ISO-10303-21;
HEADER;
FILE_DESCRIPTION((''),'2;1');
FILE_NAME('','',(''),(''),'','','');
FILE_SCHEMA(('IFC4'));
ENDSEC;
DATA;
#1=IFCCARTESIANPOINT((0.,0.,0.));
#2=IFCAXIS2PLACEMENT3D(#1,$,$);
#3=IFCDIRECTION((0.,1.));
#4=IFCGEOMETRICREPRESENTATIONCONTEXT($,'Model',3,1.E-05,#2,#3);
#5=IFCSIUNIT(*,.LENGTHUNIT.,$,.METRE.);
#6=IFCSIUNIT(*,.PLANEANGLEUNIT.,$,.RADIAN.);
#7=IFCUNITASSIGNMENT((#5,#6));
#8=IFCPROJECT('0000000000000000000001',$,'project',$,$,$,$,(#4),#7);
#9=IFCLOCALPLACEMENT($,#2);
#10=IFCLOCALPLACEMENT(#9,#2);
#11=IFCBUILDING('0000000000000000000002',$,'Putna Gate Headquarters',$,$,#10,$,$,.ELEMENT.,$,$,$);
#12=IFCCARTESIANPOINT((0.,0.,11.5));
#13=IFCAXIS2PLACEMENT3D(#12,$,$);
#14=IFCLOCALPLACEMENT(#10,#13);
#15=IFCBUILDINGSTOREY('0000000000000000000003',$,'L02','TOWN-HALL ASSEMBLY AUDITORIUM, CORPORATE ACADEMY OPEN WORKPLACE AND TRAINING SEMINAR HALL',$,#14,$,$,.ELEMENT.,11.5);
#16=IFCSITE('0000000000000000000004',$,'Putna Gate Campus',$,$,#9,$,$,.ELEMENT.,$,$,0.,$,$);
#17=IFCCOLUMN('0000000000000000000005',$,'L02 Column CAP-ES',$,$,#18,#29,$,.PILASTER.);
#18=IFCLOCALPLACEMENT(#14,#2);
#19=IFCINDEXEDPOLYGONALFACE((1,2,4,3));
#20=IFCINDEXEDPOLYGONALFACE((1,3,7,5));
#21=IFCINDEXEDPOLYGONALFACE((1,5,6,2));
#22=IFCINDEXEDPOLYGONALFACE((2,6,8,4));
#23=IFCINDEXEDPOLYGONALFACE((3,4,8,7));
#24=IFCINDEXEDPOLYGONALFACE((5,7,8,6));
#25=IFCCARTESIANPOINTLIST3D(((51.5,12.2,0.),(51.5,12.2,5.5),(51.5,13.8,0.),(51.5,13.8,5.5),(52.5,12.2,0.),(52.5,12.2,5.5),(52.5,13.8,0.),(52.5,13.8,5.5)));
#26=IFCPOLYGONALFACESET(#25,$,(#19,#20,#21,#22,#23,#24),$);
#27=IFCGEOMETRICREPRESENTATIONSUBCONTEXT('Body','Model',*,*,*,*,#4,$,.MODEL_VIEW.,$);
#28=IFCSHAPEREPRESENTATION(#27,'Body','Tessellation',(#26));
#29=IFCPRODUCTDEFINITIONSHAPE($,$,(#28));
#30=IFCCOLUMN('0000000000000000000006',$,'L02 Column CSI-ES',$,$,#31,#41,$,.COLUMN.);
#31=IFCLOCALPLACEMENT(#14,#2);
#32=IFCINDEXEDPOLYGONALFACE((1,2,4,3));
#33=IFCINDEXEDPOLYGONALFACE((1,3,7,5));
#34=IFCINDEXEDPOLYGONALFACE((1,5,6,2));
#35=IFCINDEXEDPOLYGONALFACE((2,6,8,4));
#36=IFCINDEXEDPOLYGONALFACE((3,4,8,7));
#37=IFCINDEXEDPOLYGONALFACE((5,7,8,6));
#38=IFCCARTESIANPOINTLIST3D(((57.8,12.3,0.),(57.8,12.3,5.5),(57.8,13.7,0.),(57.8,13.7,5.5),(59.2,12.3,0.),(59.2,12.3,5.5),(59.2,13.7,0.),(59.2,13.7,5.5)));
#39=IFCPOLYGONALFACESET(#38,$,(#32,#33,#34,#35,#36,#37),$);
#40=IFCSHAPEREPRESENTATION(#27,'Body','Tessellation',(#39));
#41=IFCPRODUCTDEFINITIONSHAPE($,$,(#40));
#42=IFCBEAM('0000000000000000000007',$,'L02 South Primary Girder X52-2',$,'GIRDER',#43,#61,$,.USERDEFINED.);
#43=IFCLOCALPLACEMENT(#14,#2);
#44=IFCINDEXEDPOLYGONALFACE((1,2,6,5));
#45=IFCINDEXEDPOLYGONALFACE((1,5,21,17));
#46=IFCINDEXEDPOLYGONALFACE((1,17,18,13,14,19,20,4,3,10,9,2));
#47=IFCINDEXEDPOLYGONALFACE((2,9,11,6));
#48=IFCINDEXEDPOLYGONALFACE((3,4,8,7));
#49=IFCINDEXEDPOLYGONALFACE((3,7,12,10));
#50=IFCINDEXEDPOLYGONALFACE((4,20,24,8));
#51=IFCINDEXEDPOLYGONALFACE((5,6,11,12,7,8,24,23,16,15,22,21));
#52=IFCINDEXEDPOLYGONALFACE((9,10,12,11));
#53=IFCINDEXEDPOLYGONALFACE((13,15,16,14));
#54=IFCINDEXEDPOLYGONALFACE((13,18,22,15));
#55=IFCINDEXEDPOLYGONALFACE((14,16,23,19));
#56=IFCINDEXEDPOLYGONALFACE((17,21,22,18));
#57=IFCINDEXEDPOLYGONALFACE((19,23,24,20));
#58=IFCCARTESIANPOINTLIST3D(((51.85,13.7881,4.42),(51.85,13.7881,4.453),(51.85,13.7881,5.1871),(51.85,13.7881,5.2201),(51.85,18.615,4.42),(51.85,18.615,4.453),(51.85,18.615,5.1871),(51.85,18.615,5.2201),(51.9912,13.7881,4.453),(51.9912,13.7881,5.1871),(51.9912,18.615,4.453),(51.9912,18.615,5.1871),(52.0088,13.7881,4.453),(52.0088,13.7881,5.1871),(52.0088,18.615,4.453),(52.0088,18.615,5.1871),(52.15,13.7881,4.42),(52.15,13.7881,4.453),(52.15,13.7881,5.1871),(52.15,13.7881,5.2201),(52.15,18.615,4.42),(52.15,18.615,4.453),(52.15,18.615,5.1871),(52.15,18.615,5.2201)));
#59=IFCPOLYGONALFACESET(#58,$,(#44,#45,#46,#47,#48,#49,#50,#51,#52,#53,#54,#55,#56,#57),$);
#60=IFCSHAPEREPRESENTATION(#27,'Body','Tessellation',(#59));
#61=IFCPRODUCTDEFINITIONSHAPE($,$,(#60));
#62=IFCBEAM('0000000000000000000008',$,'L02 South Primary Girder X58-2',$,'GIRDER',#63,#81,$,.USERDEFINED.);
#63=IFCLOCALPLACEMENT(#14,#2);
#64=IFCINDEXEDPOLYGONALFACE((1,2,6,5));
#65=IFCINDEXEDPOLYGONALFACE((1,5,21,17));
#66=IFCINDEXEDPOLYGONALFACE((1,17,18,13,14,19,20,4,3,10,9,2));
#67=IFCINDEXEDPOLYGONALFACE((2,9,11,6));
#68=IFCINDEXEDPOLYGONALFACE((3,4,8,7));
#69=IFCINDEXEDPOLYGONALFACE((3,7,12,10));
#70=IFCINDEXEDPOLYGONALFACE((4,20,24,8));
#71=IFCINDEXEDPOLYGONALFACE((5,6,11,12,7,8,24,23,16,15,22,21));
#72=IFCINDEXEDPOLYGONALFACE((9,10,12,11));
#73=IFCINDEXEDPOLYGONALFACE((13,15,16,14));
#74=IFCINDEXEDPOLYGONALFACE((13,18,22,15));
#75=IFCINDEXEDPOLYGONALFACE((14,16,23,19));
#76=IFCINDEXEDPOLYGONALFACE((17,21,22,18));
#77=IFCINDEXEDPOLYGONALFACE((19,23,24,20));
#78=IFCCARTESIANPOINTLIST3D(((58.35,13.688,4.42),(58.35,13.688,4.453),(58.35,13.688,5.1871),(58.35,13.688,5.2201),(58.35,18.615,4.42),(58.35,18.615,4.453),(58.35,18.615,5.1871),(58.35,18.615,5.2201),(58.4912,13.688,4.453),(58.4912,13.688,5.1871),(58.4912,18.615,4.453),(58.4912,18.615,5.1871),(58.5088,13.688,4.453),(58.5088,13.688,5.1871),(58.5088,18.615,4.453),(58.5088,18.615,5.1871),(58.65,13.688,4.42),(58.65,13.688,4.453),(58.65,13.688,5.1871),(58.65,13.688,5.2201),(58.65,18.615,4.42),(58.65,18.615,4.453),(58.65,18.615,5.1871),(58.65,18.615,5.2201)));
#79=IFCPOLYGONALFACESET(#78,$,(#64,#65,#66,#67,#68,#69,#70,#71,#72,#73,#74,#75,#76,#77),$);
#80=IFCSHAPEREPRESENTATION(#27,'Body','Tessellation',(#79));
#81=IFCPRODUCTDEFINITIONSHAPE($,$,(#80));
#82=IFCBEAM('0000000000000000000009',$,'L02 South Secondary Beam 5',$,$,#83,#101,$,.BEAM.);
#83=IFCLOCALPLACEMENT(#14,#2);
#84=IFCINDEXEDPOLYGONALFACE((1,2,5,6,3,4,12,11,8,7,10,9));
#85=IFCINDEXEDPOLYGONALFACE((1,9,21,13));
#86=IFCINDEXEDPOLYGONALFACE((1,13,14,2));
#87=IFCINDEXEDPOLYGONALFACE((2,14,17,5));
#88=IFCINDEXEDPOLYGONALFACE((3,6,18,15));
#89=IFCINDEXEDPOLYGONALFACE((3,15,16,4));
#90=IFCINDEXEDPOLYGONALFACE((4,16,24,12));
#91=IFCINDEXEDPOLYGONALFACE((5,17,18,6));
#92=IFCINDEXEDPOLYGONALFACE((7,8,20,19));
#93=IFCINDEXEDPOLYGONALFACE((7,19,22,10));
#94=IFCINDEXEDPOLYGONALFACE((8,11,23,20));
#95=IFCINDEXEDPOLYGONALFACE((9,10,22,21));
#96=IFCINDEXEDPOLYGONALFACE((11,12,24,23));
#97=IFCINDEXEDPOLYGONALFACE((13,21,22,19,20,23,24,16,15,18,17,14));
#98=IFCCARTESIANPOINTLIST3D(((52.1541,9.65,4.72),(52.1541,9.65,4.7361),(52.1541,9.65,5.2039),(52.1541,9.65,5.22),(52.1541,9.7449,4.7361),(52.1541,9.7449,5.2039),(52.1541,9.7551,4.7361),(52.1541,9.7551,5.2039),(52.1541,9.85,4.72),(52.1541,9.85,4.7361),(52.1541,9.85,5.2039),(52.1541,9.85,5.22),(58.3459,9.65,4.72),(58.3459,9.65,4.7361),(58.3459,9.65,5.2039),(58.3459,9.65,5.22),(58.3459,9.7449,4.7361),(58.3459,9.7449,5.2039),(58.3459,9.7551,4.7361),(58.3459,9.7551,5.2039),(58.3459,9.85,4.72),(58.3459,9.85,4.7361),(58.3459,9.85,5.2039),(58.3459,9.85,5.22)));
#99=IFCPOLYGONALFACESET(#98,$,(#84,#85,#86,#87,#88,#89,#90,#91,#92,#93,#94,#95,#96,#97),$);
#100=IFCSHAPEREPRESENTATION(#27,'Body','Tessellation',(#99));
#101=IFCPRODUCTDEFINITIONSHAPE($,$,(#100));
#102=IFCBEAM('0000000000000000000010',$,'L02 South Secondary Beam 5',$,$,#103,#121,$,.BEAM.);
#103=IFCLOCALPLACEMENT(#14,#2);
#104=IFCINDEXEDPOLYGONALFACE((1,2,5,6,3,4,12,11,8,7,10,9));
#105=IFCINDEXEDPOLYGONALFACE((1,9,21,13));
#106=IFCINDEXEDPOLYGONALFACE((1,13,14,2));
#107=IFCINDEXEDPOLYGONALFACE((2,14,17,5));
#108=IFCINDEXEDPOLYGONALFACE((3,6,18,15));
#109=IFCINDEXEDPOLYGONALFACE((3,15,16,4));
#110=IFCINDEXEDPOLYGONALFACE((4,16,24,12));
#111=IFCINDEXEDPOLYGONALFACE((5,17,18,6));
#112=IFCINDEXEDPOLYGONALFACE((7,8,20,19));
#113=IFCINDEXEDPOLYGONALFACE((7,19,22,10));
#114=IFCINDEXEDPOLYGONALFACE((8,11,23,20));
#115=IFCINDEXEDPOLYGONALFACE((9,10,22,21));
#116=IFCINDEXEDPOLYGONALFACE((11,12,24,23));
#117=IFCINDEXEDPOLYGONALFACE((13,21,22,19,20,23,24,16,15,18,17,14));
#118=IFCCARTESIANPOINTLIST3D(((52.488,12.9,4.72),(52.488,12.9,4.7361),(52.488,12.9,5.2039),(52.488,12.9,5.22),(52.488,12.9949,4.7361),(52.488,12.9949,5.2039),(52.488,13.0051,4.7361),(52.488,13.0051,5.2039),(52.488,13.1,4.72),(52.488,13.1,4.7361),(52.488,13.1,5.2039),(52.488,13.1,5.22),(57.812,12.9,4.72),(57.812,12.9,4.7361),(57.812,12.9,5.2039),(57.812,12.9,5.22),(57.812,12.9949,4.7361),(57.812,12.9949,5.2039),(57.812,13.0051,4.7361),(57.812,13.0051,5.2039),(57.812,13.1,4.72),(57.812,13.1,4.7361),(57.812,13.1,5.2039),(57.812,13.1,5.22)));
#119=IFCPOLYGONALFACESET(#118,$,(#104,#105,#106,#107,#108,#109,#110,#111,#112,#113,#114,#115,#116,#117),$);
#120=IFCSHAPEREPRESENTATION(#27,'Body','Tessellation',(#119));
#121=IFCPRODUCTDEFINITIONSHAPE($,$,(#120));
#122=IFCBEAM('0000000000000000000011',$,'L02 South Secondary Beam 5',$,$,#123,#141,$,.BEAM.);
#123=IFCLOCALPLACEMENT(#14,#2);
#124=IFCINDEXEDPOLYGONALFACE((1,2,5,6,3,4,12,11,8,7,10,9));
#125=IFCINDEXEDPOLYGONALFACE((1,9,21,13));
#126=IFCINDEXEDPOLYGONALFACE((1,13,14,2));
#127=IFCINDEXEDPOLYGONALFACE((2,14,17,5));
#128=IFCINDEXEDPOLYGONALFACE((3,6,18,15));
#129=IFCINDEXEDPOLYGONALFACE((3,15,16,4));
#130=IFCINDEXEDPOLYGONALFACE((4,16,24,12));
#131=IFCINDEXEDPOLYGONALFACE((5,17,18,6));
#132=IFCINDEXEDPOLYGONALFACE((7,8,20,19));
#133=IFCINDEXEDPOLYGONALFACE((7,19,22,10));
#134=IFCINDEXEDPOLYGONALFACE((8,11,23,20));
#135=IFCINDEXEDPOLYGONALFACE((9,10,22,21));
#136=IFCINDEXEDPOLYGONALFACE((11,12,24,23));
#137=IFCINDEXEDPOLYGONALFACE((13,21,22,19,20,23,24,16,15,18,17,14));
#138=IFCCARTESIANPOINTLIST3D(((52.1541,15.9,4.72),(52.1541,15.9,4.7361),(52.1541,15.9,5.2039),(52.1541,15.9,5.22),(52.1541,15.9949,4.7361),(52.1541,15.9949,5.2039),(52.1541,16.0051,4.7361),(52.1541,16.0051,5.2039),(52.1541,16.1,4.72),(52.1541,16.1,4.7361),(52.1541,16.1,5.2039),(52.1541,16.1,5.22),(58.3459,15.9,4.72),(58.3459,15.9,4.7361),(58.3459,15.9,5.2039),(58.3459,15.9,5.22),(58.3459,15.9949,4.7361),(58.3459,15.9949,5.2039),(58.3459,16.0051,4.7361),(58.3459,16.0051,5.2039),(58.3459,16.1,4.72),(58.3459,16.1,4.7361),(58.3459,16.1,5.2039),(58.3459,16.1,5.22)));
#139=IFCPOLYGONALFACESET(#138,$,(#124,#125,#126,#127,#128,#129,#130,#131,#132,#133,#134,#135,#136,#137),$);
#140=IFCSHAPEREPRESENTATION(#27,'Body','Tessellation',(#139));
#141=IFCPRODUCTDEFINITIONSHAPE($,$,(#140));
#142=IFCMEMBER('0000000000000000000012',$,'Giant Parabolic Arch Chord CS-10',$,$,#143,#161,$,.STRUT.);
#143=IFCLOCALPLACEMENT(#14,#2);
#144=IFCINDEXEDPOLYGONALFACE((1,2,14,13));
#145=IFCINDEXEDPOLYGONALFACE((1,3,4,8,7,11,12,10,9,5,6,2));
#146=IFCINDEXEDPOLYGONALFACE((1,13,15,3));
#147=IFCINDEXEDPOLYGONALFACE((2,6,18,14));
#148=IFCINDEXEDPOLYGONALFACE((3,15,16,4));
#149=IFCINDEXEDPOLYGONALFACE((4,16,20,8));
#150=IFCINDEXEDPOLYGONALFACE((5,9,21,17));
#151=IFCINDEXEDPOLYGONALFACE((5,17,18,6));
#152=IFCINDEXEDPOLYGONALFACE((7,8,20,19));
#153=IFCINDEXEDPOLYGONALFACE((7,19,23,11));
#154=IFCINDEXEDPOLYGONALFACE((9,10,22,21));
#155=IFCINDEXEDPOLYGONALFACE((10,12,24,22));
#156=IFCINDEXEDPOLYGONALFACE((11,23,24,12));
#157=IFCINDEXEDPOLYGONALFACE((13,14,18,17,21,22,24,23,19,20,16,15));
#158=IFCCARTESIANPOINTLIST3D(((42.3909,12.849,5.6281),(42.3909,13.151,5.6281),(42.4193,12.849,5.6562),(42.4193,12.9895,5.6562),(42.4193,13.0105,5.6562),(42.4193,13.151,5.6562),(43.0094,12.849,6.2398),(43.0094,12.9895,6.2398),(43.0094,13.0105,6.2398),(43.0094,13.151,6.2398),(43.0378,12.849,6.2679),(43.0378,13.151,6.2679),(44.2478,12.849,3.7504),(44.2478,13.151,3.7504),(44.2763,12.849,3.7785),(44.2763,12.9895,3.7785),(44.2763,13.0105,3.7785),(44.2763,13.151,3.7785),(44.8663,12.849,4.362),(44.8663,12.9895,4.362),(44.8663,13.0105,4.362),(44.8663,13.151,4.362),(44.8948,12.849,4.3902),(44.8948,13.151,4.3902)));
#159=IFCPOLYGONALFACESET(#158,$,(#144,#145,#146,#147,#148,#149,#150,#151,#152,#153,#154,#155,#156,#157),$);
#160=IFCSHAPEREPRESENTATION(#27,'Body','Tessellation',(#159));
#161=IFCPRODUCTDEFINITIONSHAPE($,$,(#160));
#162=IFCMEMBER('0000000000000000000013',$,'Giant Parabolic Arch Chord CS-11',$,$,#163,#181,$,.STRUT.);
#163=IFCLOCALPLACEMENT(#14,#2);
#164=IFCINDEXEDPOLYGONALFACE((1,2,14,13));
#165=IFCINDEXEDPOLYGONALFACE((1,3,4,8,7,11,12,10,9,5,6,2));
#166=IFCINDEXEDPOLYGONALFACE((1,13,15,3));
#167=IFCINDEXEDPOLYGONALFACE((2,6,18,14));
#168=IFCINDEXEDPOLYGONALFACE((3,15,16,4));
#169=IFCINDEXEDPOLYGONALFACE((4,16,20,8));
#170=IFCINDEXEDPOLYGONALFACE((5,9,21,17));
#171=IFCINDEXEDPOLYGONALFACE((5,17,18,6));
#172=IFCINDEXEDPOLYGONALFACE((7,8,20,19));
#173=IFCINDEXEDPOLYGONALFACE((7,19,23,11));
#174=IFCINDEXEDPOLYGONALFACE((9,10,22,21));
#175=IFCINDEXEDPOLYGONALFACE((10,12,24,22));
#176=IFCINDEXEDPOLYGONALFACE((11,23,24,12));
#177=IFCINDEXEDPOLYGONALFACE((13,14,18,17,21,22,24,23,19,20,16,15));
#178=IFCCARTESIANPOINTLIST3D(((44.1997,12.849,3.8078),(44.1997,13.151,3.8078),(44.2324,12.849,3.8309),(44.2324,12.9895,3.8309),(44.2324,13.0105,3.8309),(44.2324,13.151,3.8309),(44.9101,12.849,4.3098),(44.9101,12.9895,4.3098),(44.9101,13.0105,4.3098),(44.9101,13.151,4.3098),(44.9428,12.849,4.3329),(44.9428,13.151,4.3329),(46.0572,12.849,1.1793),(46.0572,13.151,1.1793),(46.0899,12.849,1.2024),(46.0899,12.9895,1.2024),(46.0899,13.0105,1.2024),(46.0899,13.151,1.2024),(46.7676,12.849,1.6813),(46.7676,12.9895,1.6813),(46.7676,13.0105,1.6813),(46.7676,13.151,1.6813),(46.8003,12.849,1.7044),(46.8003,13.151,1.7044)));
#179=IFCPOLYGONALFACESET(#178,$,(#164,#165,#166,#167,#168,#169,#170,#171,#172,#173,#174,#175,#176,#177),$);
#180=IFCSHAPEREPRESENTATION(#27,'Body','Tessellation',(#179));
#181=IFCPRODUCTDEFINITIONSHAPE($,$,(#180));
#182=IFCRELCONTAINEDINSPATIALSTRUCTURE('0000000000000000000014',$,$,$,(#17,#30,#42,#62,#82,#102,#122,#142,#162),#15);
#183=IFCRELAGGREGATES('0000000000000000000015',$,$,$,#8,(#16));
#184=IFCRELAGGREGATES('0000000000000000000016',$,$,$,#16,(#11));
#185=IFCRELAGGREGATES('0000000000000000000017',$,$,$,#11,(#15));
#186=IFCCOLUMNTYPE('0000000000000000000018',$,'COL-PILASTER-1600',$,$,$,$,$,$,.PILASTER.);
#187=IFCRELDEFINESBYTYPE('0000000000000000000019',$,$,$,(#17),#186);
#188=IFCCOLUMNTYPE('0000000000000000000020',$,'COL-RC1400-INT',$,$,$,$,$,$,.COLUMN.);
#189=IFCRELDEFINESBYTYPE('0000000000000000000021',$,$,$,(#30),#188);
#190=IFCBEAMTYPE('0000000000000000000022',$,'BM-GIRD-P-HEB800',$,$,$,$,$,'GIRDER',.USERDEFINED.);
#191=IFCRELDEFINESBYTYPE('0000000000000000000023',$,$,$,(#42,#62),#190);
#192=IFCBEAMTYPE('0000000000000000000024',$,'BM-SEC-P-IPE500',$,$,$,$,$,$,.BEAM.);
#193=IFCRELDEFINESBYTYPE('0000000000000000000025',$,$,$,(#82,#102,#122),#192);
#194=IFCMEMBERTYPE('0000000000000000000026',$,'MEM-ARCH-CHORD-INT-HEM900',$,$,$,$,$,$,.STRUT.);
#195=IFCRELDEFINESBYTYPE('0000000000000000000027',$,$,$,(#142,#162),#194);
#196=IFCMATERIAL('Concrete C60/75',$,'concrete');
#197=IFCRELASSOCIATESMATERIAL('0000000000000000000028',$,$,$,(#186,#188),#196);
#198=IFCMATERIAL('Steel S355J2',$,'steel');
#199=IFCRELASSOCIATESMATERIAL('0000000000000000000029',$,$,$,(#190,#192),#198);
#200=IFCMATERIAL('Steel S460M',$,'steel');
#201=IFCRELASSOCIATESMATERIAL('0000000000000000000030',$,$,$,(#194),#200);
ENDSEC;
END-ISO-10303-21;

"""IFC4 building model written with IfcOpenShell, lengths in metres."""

from ifc_helpers import new_model, si_unit, direction, frame, origin, origin_2d, place, context, subcontext, project, spatial, rectangle, i_section, extrude, material, material_profile, profile_set, type_object, element, save


model = new_model("IFC4")

# Units and contexts
model_context = context("Model", 3, precision=1e-05, world=origin(), true_north=direction((0.0, 1.0)))
body_context = subcontext(model_context, "Body", "Model", "MODEL_VIEW")
ifc_project = project(units=[si_unit("LENGTHUNIT", "METRE"), si_unit("PLANEANGLEUNIT", "RADIAN")], contexts=[model_context])

# Site, building, storey
site_placement = place(None, origin())
site = spatial("IfcSite", under=ifc_project, at=site_placement, Name="Putna Gate Campus", CompositionType="ELEMENT", RefElevation=0.0)
building_placement = place(site_placement, origin())
building = spatial("IfcBuilding", under=site, at=building_placement, Name="Putna Gate Headquarters", CompositionType="ELEMENT")
storey_placement = place(building_placement, frame((0.0, 0.0, 11.5)))
storey = spatial("IfcBuildingStorey", under=building, at=storey_placement, Name="L02", Description="TOWN-HALL ASSEMBLY AUDITORIUM, CORPORATE ACADEMY OPEN WORKPLACE AND TRAINING SEMINAR HALL", CompositionType="ELEMENT", Elevation=11.5)

# Columns
ifc_material_1 = material(Name="Concrete C60/75", Category="concrete")
ifc_material_profile_1 = material_profile(ifc_material_1, rectangle(XDim=1.0, YDim=1.6001, at=origin_2d()), Name="Concrete C60/75")
ifc_profile_set_1 = profile_set([ifc_material_profile_1], Name="Concrete C60/75")
column_type_1 = type_object("IfcColumnType", Name="COL-PILASTER-1600", PredefinedType="PILASTER", material=ifc_profile_set_1)
column_1_placement = place(storey_placement, frame((52.0, 13.0, 0.0), z_axis=(0.0, 0.0, 1.0), x_axis=(1.0, 0.0, 0.0)))
element("IfcColumn", 1, at=column_1_placement, inside=storey, type_object=column_type_1, Name="L02 Column CAP-ES", PredefinedType="PILASTER", context=body_context, shape_type="SweptSolid", body=[
    extrude(rectangle(XDim=1.0, YDim=1.6001, at=origin_2d()), origin(), (0.0, 0.0, 1.0), 5.5),
])
ifc_material_profile_2 = material_profile(ifc_material_1, rectangle(XDim=1.3999, YDim=1.3999, at=origin_2d()), Name="Concrete C60/75")
ifc_profile_set_2 = profile_set([ifc_material_profile_2], Name="Concrete C60/75")
column_type_2 = type_object("IfcColumnType", Name="COL-RC1400-INT", PredefinedType="COLUMN", material=ifc_profile_set_2)
column_2_placement = place(storey_placement, frame((58.5, 13.0, 0.0), z_axis=(0.0, 0.0, 1.0), x_axis=(1.0, 0.0, 0.0)))
element("IfcColumn", 2, at=column_2_placement, inside=storey, type_object=column_type_2, Name="L02 Column CSI-ES", PredefinedType="COLUMN", context=body_context, shape_type="SweptSolid", body=[
    extrude(rectangle(XDim=1.3999, YDim=1.3999, at=origin_2d()), origin(), (0.0, 0.0, 1.0), 5.5),
])

# Beams
ifc_material_2 = material(Name="Steel S355J2", Category="steel")
ifc_material_profile_3 = material_profile(ifc_material_2, i_section(OverallWidth=0.3, OverallDepth=0.8, WebThickness=0.0176, FlangeThickness=0.033, at=origin_2d()), Name="Steel S355J2")
ifc_profile_set_3 = profile_set([ifc_material_profile_3], Name="Steel S355J2")
beam_type_1 = type_object("IfcBeamType", Name="BM-GIRD-P-HEB800", ElementType="GIRDER", PredefinedType="USERDEFINED", material=ifc_profile_set_3)
beam_1_placement = place(storey_placement, frame((52.0, 13.7881, 4.8201), z_axis=(0.0, 1.0, 0.0), x_axis=(-1.0, 0.0, 0.0)))
element("IfcBeam", 3, at=beam_1_placement, inside=storey, type_object=beam_type_1, Name="L02 South Primary Girder X52-2", ObjectType="GIRDER", PredefinedType="USERDEFINED", context=body_context, shape_type="SweptSolid", body=[
    extrude(i_section(OverallWidth=0.3, OverallDepth=0.8, WebThickness=0.0176, FlangeThickness=0.033, at=origin_2d()), origin(), (0.0, 0.0, 1.0), 4.8269),
])
beam_2_placement = place(storey_placement, frame((58.5, 13.688, 4.8201), z_axis=(0.0, 1.0, 0.0), x_axis=(-1.0, 0.0, 0.0)))
element("IfcBeam", 4, at=beam_2_placement, inside=storey, type_object=beam_type_1, Name="L02 South Primary Girder X58-2", ObjectType="GIRDER", PredefinedType="USERDEFINED", context=body_context, shape_type="SweptSolid", body=[
    extrude(i_section(OverallWidth=0.3, OverallDepth=0.8, WebThickness=0.0176, FlangeThickness=0.033, at=origin_2d()), origin(), (0.0, 0.0, 1.0), 4.927),
])
ifc_material_profile_4 = material_profile(ifc_material_2, i_section(OverallWidth=0.2, OverallDepth=0.5, WebThickness=0.0103, FlangeThickness=0.0161, at=origin_2d()), Name="Steel S355J2")
ifc_profile_set_4 = profile_set([ifc_material_profile_4], Name="Steel S355J2")
beam_type_2 = type_object("IfcBeamType", Name="BM-SEC-P-IPE500", PredefinedType="BEAM", material=ifc_profile_set_4)
beam_3_placement = place(storey_placement, frame((52.1541, 9.75, 4.97), z_axis=(1.0, 0.0, 0.0), x_axis=(0.0, 1.0, 0.0)))
element("IfcBeam", 5, at=beam_3_placement, inside=storey, type_object=beam_type_2, Name="L02 South Secondary Beam 5", PredefinedType="BEAM", context=body_context, shape_type="SweptSolid", body=[
    extrude(i_section(OverallWidth=0.2, OverallDepth=0.5, WebThickness=0.0103, FlangeThickness=0.0161, at=origin_2d()), origin(), (0.0, 0.0, 1.0), 6.1919),
])
beam_4_placement = place(storey_placement, frame((52.488, 13.0, 4.97), z_axis=(1.0, 0.0, 0.0), x_axis=(0.0, 1.0, 0.0)))
element("IfcBeam", 6, at=beam_4_placement, inside=storey, type_object=beam_type_2, Name="L02 South Secondary Beam 5", PredefinedType="BEAM", context=body_context, shape_type="SweptSolid", body=[
    extrude(i_section(OverallWidth=0.2, OverallDepth=0.5, WebThickness=0.0103, FlangeThickness=0.0161, at=origin_2d()), origin(), (0.0, 0.0, 1.0), 5.324),
])
beam_5_placement = place(storey_placement, frame((52.1541, 16.0, 4.97), z_axis=(1.0, 0.0, 0.0), x_axis=(0.0, 1.0, 0.0)))
element("IfcBeam", 7, at=beam_5_placement, inside=storey, type_object=beam_type_2, Name="L02 South Secondary Beam 5", PredefinedType="BEAM", context=body_context, shape_type="SweptSolid", body=[
    extrude(i_section(OverallWidth=0.2, OverallDepth=0.5, WebThickness=0.0103, FlangeThickness=0.0161, at=origin_2d()), origin(), (0.0, 0.0, 1.0), 6.1919),
])

# Members
ifc_material_3 = material(Name="Steel S460M", Category="steel")
ifc_material_profile_5 = material_profile(ifc_material_3, i_section(OverallWidth=0.302, OverallDepth=0.9099, WebThickness=0.021, FlangeThickness=0.04, at=origin_2d()), Name="Steel S460M")
ifc_profile_set_5 = profile_set([ifc_material_profile_5], Name="Steel S460M")
member_type_1 = type_object("IfcMemberType", Name="MEM-ARCH-CHORD-INT-HEM900", PredefinedType="STRUT", material=ifc_profile_set_5)
member_1_placement = place(storey_placement, frame((42.7144, 13.0, 5.948), z_axis=(0.703167, 0.0, -0.711025), x_axis=(0.0, 1.0, 0.0)))
element("IfcMember", 8, at=member_1_placement, inside=storey, type_object=member_type_1, Name="Giant Parabolic Arch Chord CS-10", PredefinedType="STRUT", context=body_context, shape_type="SweptSolid", body=[
    extrude(i_section(OverallWidth=0.302, OverallDepth=0.9099, WebThickness=0.021, FlangeThickness=0.04, at=origin_2d()), origin(), (0.0, 0.0, 1.0), 2.6409),
])
member_2_placement = place(storey_placement, frame((44.5713, 13.0, 4.0703), z_axis=(0.577112, 0.0, -0.816665), x_axis=(0.0, 1.0, 0.0)))
element("IfcMember", 9, at=member_2_placement, inside=storey, type_object=member_type_1, Name="Giant Parabolic Arch Chord CS-11", PredefinedType="STRUT", context=body_context, shape_type="SweptSolid", body=[
    extrude(i_section(OverallWidth=0.302, OverallDepth=0.9099, WebThickness=0.021, FlangeThickness=0.04, at=origin_2d()), origin(), (0.0, 0.0, 1.0), 3.2185),
])

save(model, "model.ifc")
